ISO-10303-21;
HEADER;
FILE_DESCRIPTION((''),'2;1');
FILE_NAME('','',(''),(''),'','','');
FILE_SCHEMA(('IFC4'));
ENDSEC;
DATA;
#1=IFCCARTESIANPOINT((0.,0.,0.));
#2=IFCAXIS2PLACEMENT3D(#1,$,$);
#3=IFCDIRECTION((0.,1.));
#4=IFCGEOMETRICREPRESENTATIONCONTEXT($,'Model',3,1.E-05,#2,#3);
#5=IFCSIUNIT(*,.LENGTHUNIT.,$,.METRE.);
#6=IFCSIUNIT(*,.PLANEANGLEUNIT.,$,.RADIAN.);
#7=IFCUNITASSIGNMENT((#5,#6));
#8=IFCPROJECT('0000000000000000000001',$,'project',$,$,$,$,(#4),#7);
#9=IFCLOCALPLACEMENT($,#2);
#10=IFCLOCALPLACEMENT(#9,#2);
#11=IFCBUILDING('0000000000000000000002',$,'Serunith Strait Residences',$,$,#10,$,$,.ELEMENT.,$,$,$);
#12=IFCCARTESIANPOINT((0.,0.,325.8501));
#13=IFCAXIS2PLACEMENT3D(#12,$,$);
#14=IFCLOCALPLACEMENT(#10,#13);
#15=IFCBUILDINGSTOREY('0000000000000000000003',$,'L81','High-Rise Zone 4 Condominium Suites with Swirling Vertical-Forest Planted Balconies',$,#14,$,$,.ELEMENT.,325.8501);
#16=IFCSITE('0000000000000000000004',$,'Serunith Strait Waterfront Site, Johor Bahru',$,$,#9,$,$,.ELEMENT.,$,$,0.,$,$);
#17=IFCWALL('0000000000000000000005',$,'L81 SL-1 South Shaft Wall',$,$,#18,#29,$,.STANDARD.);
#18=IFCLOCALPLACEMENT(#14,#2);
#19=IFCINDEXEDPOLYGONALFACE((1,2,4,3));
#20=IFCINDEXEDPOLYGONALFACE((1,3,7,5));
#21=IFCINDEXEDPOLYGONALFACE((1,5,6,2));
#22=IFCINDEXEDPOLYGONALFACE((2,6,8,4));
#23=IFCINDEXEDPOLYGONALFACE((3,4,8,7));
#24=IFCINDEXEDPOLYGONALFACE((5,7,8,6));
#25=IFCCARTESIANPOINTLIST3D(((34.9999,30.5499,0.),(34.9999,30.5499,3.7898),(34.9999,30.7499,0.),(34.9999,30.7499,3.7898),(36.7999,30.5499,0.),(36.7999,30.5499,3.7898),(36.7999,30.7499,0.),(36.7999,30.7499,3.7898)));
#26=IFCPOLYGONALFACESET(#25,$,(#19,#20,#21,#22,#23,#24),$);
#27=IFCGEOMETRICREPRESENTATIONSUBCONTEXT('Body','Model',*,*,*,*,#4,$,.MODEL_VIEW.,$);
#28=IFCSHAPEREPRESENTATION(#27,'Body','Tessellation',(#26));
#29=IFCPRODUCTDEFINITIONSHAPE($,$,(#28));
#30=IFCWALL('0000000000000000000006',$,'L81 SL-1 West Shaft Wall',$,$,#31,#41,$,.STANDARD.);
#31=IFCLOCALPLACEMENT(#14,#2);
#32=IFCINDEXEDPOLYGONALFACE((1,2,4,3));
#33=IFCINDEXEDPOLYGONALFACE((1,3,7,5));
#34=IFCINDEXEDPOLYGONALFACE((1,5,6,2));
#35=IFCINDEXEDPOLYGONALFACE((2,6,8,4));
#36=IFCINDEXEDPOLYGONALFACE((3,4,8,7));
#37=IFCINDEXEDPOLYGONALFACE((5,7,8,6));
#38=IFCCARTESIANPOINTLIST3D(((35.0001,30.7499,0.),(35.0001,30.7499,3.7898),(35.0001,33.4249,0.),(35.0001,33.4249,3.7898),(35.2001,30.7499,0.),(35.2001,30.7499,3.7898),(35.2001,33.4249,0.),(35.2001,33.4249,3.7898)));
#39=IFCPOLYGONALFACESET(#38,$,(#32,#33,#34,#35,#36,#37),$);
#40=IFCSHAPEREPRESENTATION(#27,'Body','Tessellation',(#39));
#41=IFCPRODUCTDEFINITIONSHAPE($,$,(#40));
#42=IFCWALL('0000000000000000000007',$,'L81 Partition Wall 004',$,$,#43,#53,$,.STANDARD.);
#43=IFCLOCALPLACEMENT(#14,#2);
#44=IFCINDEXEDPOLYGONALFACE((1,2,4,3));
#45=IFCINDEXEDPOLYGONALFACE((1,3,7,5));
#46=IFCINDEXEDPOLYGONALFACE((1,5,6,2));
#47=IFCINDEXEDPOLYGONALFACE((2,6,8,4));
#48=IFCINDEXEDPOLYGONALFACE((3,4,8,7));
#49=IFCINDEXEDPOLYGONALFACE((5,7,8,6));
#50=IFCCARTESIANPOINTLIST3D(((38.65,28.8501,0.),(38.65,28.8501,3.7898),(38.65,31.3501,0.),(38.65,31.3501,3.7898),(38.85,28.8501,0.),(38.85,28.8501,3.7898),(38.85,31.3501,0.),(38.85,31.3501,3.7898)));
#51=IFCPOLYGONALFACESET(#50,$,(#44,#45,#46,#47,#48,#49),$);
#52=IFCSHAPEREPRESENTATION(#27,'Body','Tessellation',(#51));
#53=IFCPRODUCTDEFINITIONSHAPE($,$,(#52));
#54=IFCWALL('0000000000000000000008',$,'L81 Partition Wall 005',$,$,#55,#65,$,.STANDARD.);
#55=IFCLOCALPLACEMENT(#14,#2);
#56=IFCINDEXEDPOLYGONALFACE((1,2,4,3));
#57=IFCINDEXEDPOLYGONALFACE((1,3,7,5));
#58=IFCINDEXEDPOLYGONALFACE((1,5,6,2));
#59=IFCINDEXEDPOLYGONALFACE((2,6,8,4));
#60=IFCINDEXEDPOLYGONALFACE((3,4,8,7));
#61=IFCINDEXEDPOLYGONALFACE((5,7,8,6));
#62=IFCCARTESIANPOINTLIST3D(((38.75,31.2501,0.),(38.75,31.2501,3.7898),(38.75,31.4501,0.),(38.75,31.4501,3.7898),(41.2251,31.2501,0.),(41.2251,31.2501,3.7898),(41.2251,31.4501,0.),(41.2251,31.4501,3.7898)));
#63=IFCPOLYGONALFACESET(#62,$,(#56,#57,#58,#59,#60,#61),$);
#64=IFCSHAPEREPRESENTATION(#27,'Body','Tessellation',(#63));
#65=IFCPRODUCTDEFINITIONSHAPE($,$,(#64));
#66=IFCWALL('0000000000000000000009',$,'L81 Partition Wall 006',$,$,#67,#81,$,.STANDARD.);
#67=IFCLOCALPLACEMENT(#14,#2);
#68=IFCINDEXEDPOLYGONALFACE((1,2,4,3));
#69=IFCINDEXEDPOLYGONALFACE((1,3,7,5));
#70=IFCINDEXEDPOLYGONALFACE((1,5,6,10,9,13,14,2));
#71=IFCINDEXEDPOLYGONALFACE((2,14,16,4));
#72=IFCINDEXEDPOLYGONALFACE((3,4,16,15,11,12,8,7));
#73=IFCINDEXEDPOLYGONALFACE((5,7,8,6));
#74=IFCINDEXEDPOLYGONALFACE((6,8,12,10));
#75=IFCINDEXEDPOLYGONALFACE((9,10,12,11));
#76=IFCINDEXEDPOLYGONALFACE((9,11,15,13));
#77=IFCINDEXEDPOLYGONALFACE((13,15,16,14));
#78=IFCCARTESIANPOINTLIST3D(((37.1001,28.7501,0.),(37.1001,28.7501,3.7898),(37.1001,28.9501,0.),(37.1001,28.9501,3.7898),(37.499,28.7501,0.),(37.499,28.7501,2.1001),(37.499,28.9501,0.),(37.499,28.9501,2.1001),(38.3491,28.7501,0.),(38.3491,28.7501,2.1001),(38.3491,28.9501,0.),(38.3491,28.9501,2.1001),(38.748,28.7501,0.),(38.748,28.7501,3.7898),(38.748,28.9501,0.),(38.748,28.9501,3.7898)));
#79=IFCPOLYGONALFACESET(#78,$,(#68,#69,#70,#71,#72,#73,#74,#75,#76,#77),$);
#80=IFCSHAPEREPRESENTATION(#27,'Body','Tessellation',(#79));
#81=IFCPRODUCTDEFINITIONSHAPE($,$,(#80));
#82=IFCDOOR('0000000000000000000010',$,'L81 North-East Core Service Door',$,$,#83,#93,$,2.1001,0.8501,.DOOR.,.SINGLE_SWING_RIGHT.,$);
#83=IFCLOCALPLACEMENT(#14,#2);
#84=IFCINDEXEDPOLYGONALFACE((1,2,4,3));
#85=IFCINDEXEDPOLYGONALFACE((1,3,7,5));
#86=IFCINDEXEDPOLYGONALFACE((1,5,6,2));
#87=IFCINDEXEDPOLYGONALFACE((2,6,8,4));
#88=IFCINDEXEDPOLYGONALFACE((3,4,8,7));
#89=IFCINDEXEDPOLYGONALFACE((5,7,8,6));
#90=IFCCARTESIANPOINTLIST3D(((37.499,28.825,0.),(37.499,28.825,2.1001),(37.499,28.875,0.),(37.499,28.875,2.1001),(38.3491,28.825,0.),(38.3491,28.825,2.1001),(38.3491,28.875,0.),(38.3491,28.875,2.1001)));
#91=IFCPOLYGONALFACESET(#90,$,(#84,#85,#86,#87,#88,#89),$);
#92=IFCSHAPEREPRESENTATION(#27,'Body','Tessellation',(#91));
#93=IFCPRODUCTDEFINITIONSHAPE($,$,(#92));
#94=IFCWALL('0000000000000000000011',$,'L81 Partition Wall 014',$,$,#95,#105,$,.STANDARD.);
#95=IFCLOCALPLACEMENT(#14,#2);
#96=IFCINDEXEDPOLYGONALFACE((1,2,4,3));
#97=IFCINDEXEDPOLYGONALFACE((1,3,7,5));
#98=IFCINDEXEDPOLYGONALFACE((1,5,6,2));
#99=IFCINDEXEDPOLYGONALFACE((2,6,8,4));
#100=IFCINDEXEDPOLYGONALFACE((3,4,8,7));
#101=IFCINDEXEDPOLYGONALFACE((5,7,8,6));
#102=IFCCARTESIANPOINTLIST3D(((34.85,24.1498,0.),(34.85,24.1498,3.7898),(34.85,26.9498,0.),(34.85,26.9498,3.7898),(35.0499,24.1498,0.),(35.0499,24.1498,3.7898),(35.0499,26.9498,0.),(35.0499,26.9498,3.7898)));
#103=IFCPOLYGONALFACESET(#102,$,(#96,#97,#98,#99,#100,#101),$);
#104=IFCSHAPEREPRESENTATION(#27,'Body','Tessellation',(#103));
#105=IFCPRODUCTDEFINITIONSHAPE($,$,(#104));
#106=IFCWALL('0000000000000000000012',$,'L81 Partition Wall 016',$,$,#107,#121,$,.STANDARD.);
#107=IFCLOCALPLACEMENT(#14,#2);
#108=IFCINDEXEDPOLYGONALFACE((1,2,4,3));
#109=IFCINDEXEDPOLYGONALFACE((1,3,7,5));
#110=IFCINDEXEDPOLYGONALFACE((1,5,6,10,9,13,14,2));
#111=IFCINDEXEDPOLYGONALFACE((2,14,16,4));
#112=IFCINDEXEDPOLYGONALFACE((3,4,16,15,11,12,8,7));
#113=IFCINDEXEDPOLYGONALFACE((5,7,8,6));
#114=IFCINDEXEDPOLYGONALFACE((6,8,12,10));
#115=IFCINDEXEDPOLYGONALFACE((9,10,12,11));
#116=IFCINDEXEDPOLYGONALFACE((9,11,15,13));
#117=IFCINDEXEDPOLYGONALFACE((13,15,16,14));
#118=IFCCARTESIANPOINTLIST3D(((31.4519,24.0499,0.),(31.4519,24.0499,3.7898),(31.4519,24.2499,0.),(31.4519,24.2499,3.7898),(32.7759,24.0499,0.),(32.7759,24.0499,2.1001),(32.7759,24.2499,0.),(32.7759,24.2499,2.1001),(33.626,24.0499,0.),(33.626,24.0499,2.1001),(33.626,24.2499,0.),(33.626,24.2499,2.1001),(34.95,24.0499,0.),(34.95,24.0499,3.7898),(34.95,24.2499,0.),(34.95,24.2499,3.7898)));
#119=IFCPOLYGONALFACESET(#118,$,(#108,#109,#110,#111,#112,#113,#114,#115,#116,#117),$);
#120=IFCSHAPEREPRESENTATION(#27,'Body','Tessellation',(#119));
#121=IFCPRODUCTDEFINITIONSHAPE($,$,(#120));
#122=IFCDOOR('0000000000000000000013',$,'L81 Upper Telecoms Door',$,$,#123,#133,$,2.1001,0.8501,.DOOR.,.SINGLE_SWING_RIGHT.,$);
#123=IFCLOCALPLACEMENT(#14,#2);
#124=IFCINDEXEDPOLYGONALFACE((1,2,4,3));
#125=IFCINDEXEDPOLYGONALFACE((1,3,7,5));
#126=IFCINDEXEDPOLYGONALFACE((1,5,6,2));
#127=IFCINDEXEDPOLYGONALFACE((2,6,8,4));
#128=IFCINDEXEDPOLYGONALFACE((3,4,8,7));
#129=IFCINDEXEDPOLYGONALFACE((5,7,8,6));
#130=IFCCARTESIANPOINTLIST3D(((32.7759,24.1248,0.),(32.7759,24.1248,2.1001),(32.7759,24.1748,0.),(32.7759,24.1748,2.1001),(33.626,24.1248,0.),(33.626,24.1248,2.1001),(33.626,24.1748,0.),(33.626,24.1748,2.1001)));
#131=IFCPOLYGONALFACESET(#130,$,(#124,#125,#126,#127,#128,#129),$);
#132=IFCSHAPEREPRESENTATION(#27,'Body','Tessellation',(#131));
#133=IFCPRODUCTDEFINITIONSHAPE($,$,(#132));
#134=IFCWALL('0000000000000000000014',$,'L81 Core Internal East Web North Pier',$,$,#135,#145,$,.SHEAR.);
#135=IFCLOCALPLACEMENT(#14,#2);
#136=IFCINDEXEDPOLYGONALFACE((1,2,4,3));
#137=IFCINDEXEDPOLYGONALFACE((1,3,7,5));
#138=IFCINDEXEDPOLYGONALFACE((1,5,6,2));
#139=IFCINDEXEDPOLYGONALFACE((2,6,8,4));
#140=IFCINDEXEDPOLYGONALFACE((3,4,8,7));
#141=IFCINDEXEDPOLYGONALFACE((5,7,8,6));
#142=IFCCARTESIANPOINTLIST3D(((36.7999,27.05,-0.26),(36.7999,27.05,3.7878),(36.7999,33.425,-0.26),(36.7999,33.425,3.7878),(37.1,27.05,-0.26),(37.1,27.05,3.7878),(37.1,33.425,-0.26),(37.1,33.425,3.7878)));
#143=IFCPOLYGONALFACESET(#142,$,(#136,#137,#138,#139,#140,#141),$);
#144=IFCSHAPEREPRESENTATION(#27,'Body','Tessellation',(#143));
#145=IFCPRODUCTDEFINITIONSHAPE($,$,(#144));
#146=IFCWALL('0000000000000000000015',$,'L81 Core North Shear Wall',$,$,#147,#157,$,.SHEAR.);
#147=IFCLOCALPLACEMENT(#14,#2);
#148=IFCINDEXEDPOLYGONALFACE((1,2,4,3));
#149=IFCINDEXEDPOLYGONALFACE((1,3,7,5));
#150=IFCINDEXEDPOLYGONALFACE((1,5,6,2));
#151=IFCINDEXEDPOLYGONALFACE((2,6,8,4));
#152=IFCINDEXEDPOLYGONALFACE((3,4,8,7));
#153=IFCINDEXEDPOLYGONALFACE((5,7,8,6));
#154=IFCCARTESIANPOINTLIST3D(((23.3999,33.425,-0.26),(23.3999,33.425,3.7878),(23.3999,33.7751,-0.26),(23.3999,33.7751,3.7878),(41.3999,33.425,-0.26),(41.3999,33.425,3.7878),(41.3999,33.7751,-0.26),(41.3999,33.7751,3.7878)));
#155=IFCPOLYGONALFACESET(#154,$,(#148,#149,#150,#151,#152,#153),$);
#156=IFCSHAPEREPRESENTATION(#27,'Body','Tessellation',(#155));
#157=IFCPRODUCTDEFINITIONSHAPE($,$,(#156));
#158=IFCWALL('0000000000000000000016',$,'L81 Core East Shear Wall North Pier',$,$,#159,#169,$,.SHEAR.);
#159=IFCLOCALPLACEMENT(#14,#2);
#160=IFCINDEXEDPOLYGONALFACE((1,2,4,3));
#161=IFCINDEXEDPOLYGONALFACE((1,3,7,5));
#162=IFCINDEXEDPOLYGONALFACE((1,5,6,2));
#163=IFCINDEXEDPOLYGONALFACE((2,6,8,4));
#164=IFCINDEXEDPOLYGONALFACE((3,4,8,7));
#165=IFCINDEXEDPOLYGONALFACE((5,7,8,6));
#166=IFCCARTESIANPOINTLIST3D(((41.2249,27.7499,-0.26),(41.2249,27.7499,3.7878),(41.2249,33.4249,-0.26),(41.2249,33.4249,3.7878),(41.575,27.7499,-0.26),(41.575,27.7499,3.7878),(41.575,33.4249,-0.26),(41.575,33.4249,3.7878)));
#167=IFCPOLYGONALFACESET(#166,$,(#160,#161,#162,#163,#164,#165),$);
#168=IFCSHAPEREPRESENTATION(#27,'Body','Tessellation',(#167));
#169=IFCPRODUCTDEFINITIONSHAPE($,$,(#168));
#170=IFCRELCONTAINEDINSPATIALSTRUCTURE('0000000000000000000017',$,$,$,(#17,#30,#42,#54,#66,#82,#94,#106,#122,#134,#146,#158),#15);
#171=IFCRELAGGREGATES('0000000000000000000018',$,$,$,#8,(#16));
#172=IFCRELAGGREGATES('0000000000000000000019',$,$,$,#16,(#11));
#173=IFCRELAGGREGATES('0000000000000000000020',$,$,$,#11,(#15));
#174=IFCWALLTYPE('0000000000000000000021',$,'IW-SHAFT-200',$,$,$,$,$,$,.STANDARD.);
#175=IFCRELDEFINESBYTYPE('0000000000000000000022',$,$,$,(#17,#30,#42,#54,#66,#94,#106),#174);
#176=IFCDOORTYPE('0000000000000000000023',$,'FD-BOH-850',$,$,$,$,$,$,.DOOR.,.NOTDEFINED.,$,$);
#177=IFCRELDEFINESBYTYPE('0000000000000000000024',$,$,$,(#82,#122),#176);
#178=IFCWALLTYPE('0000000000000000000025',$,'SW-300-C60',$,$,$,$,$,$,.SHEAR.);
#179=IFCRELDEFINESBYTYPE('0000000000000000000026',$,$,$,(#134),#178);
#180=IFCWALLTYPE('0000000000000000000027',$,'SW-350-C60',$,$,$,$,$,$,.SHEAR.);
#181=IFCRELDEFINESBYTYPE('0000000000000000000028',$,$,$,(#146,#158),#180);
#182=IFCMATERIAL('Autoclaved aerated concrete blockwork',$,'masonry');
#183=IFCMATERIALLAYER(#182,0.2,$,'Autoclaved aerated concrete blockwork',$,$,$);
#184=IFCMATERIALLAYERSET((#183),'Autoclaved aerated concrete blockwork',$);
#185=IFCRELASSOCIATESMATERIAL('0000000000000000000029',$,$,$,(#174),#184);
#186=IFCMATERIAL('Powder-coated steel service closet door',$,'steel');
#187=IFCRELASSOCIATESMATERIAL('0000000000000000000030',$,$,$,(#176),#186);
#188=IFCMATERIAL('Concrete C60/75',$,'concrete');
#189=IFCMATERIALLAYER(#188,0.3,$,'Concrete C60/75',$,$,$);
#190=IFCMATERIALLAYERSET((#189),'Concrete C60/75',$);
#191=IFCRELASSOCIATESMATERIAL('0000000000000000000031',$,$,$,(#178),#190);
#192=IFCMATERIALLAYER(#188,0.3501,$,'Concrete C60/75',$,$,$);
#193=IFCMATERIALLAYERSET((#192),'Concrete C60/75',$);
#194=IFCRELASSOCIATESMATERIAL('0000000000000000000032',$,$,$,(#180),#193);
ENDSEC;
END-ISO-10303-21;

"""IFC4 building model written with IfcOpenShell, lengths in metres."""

from ifc_helpers import new_model, si_unit, direction, frame, frame_2d, origin, place, context, subcontext, project, spatial, rectangle, extrude, source, transform, mapped, material, layer, layer_set, type_object, element, fill, save


model = new_model("IFC4")

# Units and contexts
model_context = context("Model", 3, precision=1e-05, world=origin(), true_north=direction((0.0, 1.0)))
body_context = subcontext(model_context, "Body", "Model", "MODEL_VIEW")
ifc_project = project(units=[si_unit("LENGTHUNIT", "METRE"), si_unit("PLANEANGLEUNIT", "RADIAN")], contexts=[model_context])

# Site, building, storey
site_placement = place(None, origin())
site = spatial("IfcSite", under=ifc_project, at=site_placement, Name="Serunith Strait Waterfront Site, Johor Bahru", CompositionType="ELEMENT", RefElevation=0.0)
building_placement = place(site_placement, origin())
building = spatial("IfcBuilding", under=site, at=building_placement, Name="Serunith Strait Residences", CompositionType="ELEMENT")
storey_placement = place(building_placement, frame((0.0, 0.0, 325.8501)))
storey = spatial("IfcBuildingStorey", under=building, at=storey_placement, Name="L81", Description="High-Rise Zone 4 Condominium Suites with Swirling Vertical-Forest Planted Balconies", CompositionType="ELEMENT", Elevation=325.8501)

# Shared definitions
ifc_material_1 = material(Name="Autoclaved aerated concrete blockwork", Category="masonry")
ifc_layer_1 = layer(ifc_material_1, 0.2, Name="Autoclaved aerated concrete blockwork")
ifc_layer_set_1 = layer_set([ifc_layer_1], Name="Autoclaved aerated concrete blockwork")
wall_type_1 = type_object("IfcWallType", Name="IW-SHAFT-200", PredefinedType="STANDARD", material=ifc_layer_set_1)

# Walls
wall_1_placement = place(storey_placement, frame((35.0, 30.6499, 0.0), z_axis=(0.0, 0.0, 1.0), x_axis=(1.0, 0.0, 0.0)))
element("IfcWall", 1, at=wall_1_placement, inside=storey, type_object=wall_type_1, Name="L81 SL-1 South Shaft Wall", PredefinedType="STANDARD", context=body_context, shape_type="SweptSolid", body=[
    extrude(rectangle(XDim=1.8, YDim=0.2, at=frame_2d((0.8999, 0.0))), origin(), (0.0, 0.0, 1.0), 3.7898),
])
wall_2_placement = place(storey_placement, frame((35.1001, 30.75, 0.0), z_axis=(0.0, 0.0, 1.0), x_axis=(0.0, 1.0, 0.0)))
element("IfcWall", 2, at=wall_2_placement, inside=storey, type_object=wall_type_1, Name="L81 SL-1 West Shaft Wall", PredefinedType="STANDARD", context=body_context, shape_type="SweptSolid", body=[
    extrude(rectangle(XDim=2.675, YDim=0.2, at=frame_2d((1.3374, 0.0))), origin(), (0.0, 0.0, 1.0), 3.7898),
])
wall_3_placement = place(storey_placement, frame((38.75, 28.8501, 0.0), z_axis=(0.0, 0.0, 1.0), x_axis=(0.0, 1.0, 0.0)))
element("IfcWall", 3, at=wall_3_placement, inside=storey, type_object=wall_type_1, Name="L81 Partition Wall 004", PredefinedType="STANDARD", context=body_context, shape_type="SweptSolid", body=[
    extrude(rectangle(XDim=2.5, YDim=0.2, at=frame_2d((1.25, 0.0))), origin(), (0.0, 0.0, 1.0), 3.7898),
])
wall_4_placement = place(storey_placement, frame((38.75, 31.3501, 0.0), z_axis=(0.0, 0.0, 1.0), x_axis=(1.0, 0.0, 0.0)))
element("IfcWall", 4, at=wall_4_placement, inside=storey, type_object=wall_type_1, Name="L81 Partition Wall 005", PredefinedType="STANDARD", context=body_context, shape_type="SweptSolid", body=[
    extrude(rectangle(XDim=2.4751, YDim=0.2, at=frame_2d((1.2375, 0.0))), origin(), (0.0, 0.0, 1.0), 3.7898),
])

# Wall, opening, door
wall_5_placement = place(storey_placement, frame((37.1001, 28.8501, 0.0), z_axis=(0.0, 0.0, 1.0), x_axis=(1.0, 0.0, 0.0)))
wall_5 = element("IfcWall", 5, at=wall_5_placement, inside=storey, type_object=wall_type_1, Name="L81 Partition Wall 006", PredefinedType="STANDARD", context=body_context, shape_type="SweptSolid", body=[
    extrude(rectangle(XDim=1.6479, YDim=0.2, at=frame_2d((0.824, 0.0))), origin(), (0.0, 0.0, 1.0), 3.7898),
])
opening_1_placement = place(wall_5_placement, frame((0.3989, 0.0, 0.0)))
opening_1 = element("IfcOpeningElement", 6, at=opening_1_placement, cuts=wall_5, PredefinedType="OPENING", context=body_context, shape_type="SweptSolid", body=[
    extrude(rectangle(XDim=0.8501, YDim=2.1001, at=frame_2d((0.425, 1.05))), frame((0.0, 0.1099, 0.0), z_axis=(0.0, -1.0, 0.0), x_axis=(1.0, 0.0, 0.0)), (0.0, 0.0, 1.0), 0.22),
])
ifc_material_2 = material(Name="Powder-coated steel service closet door", Category="steel")
door_type_1 = type_object("IfcDoorType", Name="FD-BOH-850", OperationType="NOTDEFINED", PredefinedType="DOOR", material=ifc_material_2)
shared_shape_1 = source(origin(), body_context, "Body", "SweptSolid", [
    extrude(rectangle(XDim=0.8501, YDim=2.1001, at=frame_2d((0.425, 1.05))), frame((0.0, 0.0249, 0.0), z_axis=(0.0, -1.0, 0.0), x_axis=(1.0, 0.0, 0.0)), (0.0, 0.0, 1.0), 0.05),
])
door_1_placement = place(opening_1_placement, origin())
door_1 = element("IfcDoor", 7, at=door_1_placement, inside=storey, type_object=door_type_1, Name="L81 North-East Core Service Door", OperationType="SINGLE_SWING_RIGHT", OverallHeight=2.1001, OverallWidth=0.8501, PredefinedType="DOOR", context=body_context, shape_type="MappedRepresentation", body=[
    mapped(shared_shape_1, transform((0.0, 0.0, 0.0), scale=1.0)),
])
fill(opening_1, door_1)

# Wall
wall_6_placement = place(storey_placement, frame((34.95, 24.1499, 0.0), z_axis=(0.0, 0.0, 1.0), x_axis=(0.0, 1.0, 0.0)))
element("IfcWall", 8, at=wall_6_placement, inside=storey, type_object=wall_type_1, Name="L81 Partition Wall 014", PredefinedType="STANDARD", context=body_context, shape_type="SweptSolid", body=[
    extrude(rectangle(XDim=2.8, YDim=0.2, at=frame_2d((1.3999, 0.0))), origin(), (0.0, 0.0, 1.0), 3.7898),
])

# Wall, opening, door
wall_7_placement = place(storey_placement, frame((31.4519, 24.1499, 0.0), z_axis=(0.0, 0.0, 1.0), x_axis=(1.0, 0.0, 0.0)))
wall_7 = element("IfcWall", 9, at=wall_7_placement, inside=storey, type_object=wall_type_1, Name="L81 Partition Wall 016", PredefinedType="STANDARD", context=body_context, shape_type="SweptSolid", body=[
    extrude(rectangle(XDim=3.498, YDim=0.2, at=frame_2d((1.749, 0.0))), origin(), (0.0, 0.0, 1.0), 3.7898),
])
opening_2_placement = place(wall_7_placement, frame((1.324, 0.0, 0.0)))
opening_2 = element("IfcOpeningElement", 10, at=opening_2_placement, cuts=wall_7, PredefinedType="OPENING", context=body_context, shape_type="SweptSolid", body=[
    extrude(rectangle(XDim=0.8501, YDim=2.1001, at=frame_2d((0.425, 1.05))), frame((0.0, 0.1099, 0.0), z_axis=(0.0, -1.0, 0.0), x_axis=(1.0, 0.0, 0.0)), (0.0, 0.0, 1.0), 0.22),
])
door_2_placement = place(opening_2_placement, origin())
door_2 = element("IfcDoor", 11, at=door_2_placement, inside=storey, type_object=door_type_1, Name="L81 Upper Telecoms Door", OperationType="SINGLE_SWING_RIGHT", OverallHeight=2.1001, OverallWidth=0.8501, PredefinedType="DOOR", context=body_context, shape_type="MappedRepresentation", body=[
    mapped(shared_shape_1, transform((0.0, 0.0, 0.0), scale=1.0)),
])
fill(opening_2, door_2)

# Walls
ifc_material_3 = material(Name="Concrete C60/75", Category="concrete")
ifc_layer_2 = layer(ifc_material_3, 0.3, Name="Concrete C60/75")
ifc_layer_set_2 = layer_set([ifc_layer_2], Name="Concrete C60/75")
wall_type_2 = type_object("IfcWallType", Name="SW-300-C60", PredefinedType="SHEAR", material=ifc_layer_set_2)
wall_8_placement = place(storey_placement, frame((36.95, 27.05, -0.26), z_axis=(0.0, 0.0, 1.0), x_axis=(0.0, 1.0, 0.0)))
element("IfcWall", 12, at=wall_8_placement, inside=storey, type_object=wall_type_2, Name="L81 Core Internal East Web North Pier", PredefinedType="SHEAR", context=body_context, shape_type="SweptSolid", body=[
    extrude(rectangle(XDim=6.375, YDim=0.3, at=frame_2d((3.1875, 0.0))), origin(), (0.0, 0.0, 1.0), 4.0479),
])
ifc_layer_3 = layer(ifc_material_3, 0.3501, Name="Concrete C60/75")
ifc_layer_set_3 = layer_set([ifc_layer_3], Name="Concrete C60/75")
wall_type_3 = type_object("IfcWallType", Name="SW-350-C60", PredefinedType="SHEAR", material=ifc_layer_set_3)
wall_9_placement = place(storey_placement, frame((41.3999, 33.6001, -0.26), z_axis=(0.0, 0.0, 1.0), x_axis=(-1.0, 0.0, 0.0)))
element("IfcWall", 13, at=wall_9_placement, inside=storey, type_object=wall_type_3, Name="L81 Core North Shear Wall", PredefinedType="SHEAR", context=body_context, shape_type="SweptSolid", body=[
    extrude(rectangle(XDim=18.0, YDim=0.3501, at=frame_2d((9.0, 0.0))), origin(), (0.0, 0.0, 1.0), 4.0479),
])
wall_10_placement = place(storey_placement, frame((41.3999, 27.75, -0.26), z_axis=(0.0, 0.0, 1.0), x_axis=(0.0, 1.0, 0.0)))
element("IfcWall", 14, at=wall_10_placement, inside=storey, type_object=wall_type_3, Name="L81 Core East Shear Wall North Pier", PredefinedType="SHEAR", context=body_context, shape_type="SweptSolid", body=[
    extrude(rectangle(XDim=5.675, YDim=0.3501, at=frame_2d((2.8374, 0.0))), origin(), (0.0, 0.0, 1.0), 4.0479),
])

save(model, "model.ifc")
